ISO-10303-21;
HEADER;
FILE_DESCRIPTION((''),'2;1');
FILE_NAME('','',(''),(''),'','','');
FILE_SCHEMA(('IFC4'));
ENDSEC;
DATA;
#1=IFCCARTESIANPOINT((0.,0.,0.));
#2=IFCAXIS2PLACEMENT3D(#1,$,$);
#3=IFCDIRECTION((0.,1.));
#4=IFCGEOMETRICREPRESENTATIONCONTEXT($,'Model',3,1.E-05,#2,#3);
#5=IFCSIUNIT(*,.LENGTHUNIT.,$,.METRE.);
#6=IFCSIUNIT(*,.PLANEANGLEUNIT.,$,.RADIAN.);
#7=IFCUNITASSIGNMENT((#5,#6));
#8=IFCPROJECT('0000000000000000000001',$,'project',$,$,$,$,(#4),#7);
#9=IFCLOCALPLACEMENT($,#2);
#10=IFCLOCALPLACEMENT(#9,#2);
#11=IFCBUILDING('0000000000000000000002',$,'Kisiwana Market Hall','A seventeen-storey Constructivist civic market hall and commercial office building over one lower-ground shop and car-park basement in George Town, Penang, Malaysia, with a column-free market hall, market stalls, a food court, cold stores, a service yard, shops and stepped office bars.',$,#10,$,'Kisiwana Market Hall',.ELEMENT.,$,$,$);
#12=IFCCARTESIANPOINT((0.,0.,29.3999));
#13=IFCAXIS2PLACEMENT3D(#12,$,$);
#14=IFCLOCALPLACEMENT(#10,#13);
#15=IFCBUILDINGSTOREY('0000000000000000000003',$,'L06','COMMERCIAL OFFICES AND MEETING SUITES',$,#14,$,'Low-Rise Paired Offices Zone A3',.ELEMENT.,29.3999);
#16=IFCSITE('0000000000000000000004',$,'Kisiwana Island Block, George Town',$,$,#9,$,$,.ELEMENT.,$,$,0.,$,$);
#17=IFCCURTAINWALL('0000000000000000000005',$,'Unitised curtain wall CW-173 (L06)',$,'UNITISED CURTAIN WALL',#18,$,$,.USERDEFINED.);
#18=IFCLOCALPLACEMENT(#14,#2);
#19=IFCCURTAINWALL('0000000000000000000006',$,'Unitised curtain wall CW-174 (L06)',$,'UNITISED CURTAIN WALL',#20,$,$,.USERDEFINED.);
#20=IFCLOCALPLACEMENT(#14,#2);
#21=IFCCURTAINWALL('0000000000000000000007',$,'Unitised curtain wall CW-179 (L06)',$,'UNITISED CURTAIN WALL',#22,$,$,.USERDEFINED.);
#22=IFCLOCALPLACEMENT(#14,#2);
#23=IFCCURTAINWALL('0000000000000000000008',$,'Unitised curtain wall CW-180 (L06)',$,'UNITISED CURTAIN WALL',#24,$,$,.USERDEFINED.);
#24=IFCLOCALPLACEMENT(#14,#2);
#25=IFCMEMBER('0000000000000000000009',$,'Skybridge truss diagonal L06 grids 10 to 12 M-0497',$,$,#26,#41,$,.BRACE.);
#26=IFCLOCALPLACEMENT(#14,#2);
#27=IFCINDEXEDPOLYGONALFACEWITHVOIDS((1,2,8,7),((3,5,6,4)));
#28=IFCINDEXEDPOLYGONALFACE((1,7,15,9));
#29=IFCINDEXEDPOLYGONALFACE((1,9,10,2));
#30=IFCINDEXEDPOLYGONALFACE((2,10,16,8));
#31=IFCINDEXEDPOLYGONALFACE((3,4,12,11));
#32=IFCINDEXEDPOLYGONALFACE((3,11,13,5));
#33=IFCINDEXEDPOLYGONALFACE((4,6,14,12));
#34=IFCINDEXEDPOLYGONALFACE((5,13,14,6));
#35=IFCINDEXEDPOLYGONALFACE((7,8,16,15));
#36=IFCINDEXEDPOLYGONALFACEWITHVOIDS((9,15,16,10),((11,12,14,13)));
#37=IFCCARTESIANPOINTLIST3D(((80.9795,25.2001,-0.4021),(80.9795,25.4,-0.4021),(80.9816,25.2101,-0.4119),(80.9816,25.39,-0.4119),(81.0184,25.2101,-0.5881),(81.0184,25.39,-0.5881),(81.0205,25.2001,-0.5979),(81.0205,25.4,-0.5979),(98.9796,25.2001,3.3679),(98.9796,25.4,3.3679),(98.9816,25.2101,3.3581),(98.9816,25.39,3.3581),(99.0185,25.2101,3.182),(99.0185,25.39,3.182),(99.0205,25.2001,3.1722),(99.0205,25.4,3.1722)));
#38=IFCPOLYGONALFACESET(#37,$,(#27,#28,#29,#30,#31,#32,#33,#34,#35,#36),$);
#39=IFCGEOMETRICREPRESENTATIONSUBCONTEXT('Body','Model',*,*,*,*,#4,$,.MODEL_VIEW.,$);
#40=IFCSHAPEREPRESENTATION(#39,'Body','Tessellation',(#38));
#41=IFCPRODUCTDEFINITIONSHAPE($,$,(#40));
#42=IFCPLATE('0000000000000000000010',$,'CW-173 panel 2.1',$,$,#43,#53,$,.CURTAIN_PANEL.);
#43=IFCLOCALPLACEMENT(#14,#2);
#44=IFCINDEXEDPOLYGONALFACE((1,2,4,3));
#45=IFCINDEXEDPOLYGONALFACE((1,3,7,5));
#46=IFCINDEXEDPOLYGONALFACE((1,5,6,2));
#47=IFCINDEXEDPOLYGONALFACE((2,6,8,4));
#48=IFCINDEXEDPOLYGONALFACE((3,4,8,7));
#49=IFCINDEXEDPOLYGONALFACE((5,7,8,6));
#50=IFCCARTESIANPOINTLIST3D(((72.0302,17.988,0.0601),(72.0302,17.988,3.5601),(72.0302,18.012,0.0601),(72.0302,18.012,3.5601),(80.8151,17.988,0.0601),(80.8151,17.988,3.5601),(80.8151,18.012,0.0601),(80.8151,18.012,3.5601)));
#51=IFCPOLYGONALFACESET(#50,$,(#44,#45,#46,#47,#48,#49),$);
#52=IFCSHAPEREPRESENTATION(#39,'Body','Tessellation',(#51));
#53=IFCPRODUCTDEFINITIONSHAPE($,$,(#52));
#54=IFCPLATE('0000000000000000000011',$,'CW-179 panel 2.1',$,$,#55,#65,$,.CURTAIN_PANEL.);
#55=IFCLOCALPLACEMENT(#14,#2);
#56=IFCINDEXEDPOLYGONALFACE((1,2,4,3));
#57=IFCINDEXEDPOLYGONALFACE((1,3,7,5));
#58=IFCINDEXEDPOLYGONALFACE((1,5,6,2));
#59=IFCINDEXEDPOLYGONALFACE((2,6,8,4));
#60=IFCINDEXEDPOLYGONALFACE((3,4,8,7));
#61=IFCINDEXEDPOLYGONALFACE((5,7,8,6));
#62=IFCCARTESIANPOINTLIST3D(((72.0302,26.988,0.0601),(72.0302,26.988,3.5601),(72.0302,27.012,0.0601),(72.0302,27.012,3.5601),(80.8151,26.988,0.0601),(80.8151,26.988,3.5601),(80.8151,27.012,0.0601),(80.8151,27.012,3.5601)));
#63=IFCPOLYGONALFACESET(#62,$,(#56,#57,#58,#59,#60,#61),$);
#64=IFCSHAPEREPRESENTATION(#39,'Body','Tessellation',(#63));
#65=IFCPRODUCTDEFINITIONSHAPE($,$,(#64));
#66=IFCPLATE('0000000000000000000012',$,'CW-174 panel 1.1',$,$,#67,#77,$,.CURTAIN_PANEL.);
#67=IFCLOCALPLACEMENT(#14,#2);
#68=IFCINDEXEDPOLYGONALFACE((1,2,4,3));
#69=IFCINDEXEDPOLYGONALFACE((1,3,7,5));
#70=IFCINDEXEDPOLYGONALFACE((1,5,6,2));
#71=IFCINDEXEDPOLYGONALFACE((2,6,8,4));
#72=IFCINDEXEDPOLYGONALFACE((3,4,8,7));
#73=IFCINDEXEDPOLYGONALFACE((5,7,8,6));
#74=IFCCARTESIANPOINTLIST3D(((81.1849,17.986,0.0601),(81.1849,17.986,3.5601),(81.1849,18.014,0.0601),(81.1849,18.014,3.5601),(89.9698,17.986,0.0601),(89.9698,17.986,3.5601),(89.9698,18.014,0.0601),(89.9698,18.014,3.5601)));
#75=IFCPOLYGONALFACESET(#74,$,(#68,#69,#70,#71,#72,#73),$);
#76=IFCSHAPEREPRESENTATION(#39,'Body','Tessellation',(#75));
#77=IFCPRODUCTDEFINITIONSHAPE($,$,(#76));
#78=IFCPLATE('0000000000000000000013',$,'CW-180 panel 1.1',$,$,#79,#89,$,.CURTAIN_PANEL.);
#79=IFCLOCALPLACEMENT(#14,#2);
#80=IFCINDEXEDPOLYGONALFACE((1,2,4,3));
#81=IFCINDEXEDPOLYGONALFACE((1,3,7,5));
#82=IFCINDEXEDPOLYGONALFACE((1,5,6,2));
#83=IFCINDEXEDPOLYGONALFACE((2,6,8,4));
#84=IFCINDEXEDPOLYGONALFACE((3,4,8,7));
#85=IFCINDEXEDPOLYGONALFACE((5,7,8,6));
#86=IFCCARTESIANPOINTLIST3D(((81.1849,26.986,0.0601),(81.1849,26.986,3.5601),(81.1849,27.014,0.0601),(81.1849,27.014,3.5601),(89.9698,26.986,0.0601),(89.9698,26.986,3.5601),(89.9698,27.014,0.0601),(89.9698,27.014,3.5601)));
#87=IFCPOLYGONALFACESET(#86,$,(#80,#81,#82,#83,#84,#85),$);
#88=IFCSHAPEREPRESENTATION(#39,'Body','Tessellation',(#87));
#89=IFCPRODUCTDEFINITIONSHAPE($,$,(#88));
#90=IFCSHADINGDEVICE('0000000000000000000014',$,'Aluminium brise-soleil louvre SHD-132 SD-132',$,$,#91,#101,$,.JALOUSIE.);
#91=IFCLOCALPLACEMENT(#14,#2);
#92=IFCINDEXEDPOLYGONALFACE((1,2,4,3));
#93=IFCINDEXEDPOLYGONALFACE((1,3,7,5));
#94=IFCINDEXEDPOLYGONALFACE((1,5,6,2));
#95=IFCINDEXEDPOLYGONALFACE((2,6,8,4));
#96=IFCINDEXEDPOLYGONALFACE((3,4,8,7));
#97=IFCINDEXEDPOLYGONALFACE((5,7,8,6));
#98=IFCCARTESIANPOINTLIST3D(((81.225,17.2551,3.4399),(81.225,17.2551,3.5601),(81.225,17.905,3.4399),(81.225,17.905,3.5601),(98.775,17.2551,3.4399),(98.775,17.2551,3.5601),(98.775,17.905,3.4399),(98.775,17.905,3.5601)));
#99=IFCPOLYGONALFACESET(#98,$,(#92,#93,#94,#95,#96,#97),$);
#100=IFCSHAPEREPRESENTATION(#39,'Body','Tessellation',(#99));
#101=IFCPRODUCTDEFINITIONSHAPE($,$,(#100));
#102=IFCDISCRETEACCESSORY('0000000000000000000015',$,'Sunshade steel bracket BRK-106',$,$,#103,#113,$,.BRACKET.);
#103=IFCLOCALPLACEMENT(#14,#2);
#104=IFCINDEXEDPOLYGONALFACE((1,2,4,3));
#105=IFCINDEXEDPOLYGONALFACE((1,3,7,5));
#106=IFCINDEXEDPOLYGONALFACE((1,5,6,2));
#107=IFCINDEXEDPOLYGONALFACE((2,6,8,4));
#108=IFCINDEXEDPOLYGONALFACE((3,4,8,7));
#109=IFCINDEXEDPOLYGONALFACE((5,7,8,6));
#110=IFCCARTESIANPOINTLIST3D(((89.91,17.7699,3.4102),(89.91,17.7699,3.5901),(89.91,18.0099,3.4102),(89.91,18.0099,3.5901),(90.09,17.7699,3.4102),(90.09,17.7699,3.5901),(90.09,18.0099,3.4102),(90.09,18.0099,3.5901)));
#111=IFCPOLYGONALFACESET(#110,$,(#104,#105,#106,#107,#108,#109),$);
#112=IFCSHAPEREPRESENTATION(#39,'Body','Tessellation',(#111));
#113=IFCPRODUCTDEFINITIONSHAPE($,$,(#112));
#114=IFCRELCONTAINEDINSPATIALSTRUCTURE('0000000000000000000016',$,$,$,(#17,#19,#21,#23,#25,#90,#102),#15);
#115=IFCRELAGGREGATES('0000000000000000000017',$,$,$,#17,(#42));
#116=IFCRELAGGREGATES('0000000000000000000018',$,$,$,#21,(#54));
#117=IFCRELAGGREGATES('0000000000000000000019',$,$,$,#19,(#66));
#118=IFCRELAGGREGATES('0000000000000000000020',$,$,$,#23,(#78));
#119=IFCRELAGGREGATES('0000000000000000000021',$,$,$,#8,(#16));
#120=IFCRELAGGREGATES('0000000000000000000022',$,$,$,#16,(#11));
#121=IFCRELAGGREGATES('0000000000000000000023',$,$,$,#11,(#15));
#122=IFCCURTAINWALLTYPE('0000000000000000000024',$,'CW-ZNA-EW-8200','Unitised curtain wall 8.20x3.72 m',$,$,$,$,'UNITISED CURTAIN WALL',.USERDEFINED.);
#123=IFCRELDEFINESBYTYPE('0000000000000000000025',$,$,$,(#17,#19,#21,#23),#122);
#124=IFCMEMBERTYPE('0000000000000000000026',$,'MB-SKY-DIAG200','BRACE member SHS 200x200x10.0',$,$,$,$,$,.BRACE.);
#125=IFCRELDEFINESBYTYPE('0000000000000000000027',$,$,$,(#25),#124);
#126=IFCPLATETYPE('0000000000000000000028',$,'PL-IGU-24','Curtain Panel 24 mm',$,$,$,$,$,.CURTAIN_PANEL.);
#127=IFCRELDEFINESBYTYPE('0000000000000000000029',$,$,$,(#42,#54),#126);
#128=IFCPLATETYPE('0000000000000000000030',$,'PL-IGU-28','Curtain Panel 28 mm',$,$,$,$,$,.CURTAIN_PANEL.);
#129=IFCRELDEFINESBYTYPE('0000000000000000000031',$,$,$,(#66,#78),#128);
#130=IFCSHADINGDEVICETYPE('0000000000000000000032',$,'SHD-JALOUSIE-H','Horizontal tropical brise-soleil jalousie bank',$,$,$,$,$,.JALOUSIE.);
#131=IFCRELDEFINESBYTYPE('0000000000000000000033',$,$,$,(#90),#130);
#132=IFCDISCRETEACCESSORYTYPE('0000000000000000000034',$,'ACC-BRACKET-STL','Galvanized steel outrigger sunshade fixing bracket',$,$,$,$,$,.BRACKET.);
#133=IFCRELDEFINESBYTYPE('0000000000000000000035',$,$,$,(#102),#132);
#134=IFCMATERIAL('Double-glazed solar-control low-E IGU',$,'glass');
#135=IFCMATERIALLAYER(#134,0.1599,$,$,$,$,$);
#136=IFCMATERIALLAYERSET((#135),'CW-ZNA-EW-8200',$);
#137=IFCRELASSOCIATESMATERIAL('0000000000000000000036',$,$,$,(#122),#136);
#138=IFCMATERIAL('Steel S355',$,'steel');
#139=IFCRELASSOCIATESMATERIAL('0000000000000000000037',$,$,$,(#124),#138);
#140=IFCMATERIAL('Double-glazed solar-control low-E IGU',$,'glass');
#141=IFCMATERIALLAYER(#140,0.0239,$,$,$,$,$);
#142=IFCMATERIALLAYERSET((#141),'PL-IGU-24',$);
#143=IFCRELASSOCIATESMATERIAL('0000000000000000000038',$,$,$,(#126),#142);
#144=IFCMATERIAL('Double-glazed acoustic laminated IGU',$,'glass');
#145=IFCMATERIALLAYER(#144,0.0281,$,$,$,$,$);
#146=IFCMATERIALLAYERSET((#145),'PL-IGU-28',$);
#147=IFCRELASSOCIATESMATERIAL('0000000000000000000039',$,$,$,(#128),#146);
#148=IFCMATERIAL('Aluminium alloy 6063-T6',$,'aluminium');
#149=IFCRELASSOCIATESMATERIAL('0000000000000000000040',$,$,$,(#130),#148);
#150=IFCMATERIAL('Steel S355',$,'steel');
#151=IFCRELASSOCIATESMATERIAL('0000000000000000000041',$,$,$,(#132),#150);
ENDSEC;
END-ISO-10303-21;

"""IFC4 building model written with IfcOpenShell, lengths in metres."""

from ifc_helpers import new_model, si_unit, direction, frame, origin, origin_2d, place, context, subcontext, project, spatial, rectangle, hollow_rectangle, extrude, material, layer, layer_set, material_profile, profile_set, type_object, element, aggregate, save


model = new_model("IFC4")

# Units and contexts
model_context = context("Model", 3, precision=1e-05, world=origin(), true_north=direction((0.0, 1.0)))
body_context = subcontext(model_context, "Body", "Model", "MODEL_VIEW")
ifc_project = project(units=[si_unit("LENGTHUNIT", "METRE"), si_unit("PLANEANGLEUNIT", "RADIAN")], contexts=[model_context])

# Site, building, storey
site_placement = place(None, origin())
site = spatial("IfcSite", under=ifc_project, at=site_placement, Name="Kisiwana Island Block, George Town", CompositionType="ELEMENT", RefElevation=0.0)
building_placement = place(site_placement, origin())
building = spatial("IfcBuilding", under=site, at=building_placement, Name="Kisiwana Market Hall", Description="A seventeen-storey Constructivist civic market hall and commercial office building over one lower-ground shop and car-park basement in George Town, Penang, Malaysia, with a column-free market hall, market stalls, a food court, cold stores, a service yard, shops and stepped office bars.", LongName="Kisiwana Market Hall", CompositionType="ELEMENT")
storey_placement = place(building_placement, frame((0.0, 0.0, 29.3999)))
storey = spatial("IfcBuildingStorey", under=building, at=storey_placement, Name="L06", Description="COMMERCIAL OFFICES AND MEETING SUITES", LongName="Low-Rise Paired Offices Zone A3", CompositionType="ELEMENT", Elevation=29.3999)

# Curtain walls
ifc_material_1 = material(Name="Double-glazed solar-control low-E IGU", Category="glass")
ifc_layer_1 = layer(ifc_material_1, 0.1599)
ifc_layer_set_1 = layer_set([ifc_layer_1], Name="CW-ZNA-EW-8200")
curtain_wall_type = type_object("IfcCurtainWallType", Name="CW-ZNA-EW-8200", Description="Unitised curtain wall 8.20x3.72 m", ElementType="UNITISED CURTAIN WALL", PredefinedType="USERDEFINED", material=ifc_layer_set_1)
curtain_wall_1_placement = place(storey_placement, origin())
curtain_wall_1 = element("IfcCurtainWall", 1, at=curtain_wall_1_placement, inside=storey, type_object=curtain_wall_type, Name="Unitised curtain wall CW-173 (L06)", ObjectType="UNITISED CURTAIN WALL", PredefinedType="USERDEFINED")
curtain_wall_2_placement = place(storey_placement, origin())
curtain_wall_2 = element("IfcCurtainWall", 2, at=curtain_wall_2_placement, inside=storey, type_object=curtain_wall_type, Name="Unitised curtain wall CW-174 (L06)", ObjectType="UNITISED CURTAIN WALL", PredefinedType="USERDEFINED")
curtain_wall_3_placement = place(storey_placement, origin())
curtain_wall_3 = element("IfcCurtainWall", 3, at=curtain_wall_3_placement, inside=storey, type_object=curtain_wall_type, Name="Unitised curtain wall CW-179 (L06)", ObjectType="UNITISED CURTAIN WALL", PredefinedType="USERDEFINED")
curtain_wall_4_placement = place(storey_placement, origin())
curtain_wall_4 = element("IfcCurtainWall", 4, at=curtain_wall_4_placement, inside=storey, type_object=curtain_wall_type, Name="Unitised curtain wall CW-180 (L06)", ObjectType="UNITISED CURTAIN WALL", PredefinedType="USERDEFINED")

# Member
ifc_material_2 = material(Name="Steel S355", Category="steel")
ifc_material_profile_1 = material_profile(ifc_material_2, hollow_rectangle(XDim=0.2, YDim=0.2, WallThickness=0.01, at=origin_2d()), Name="SHS 200x200x10.0")
ifc_profile_set_1 = profile_set([ifc_material_profile_1], Name="Steel S355")
member_type_1 = type_object("IfcMemberType", Name="MB-SKY-DIAG200", Description="BRACE member SHS 200x200x10.0", PredefinedType="BRACE", material=ifc_profile_set_1)
for number, where, z_axis, x_axis, name in (
    (5, (81.0, 25.3, -0.5), (0.978763, 0.0, 0.204997), (0.0, 1.0, 0.0), "Skybridge truss diagonal L06 grids 10 to 12 M-0497"),
):
    element("IfcMember", number, at=place(storey_placement, frame(where, z_axis=z_axis, x_axis=x_axis)), inside=storey, type_object=member_type_1, Name=name, PredefinedType="BRACE", context=body_context, shape_type="SweptSolid", body=[
        extrude(hollow_rectangle(XDim=0.2, YDim=0.2, WallThickness=0.01, at=origin_2d()), origin(), (0.0, 0.0, 1.0), 18.3906),
    ])

# Plates
ifc_material_3 = material(Name="Double-glazed solar-control low-E IGU", Category="glass")
ifc_layer_2 = layer(ifc_material_3, 0.0239)
ifc_layer_set_2 = layer_set([ifc_layer_2], Name="PL-IGU-24")
plate_type_1 = type_object("IfcPlateType", Name="PL-IGU-24", Description="Curtain Panel 24 mm", PredefinedType="CURTAIN_PANEL", material=ifc_layer_set_2)
plate_1_placement = place(storey_placement, frame((76.4226, 18.0, 0.0601), z_axis=(0.0, 0.0, 1.0), x_axis=(1.0, 0.0, 0.0)))
plate_1 = element("IfcPlate", 6, at=plate_1_placement, type_object=plate_type_1, Name="CW-173 panel 2.1", PredefinedType="CURTAIN_PANEL", context=body_context, shape_type="SweptSolid", body=[
    extrude(rectangle(XDim=8.7849, YDim=0.0239, at=origin_2d()), origin(), (0.0, 0.0, 1.0), 3.5),
])
aggregate(curtain_wall_1, [plate_1])
plate_2_placement = place(storey_placement, frame((76.4226, 27.0, 0.0601), z_axis=(0.0, 0.0, 1.0), x_axis=(1.0, 0.0, 0.0)))
plate_2 = element("IfcPlate", 7, at=plate_2_placement, type_object=plate_type_1, Name="CW-179 panel 2.1", PredefinedType="CURTAIN_PANEL", context=body_context, shape_type="SweptSolid", body=[
    extrude(rectangle(XDim=8.7849, YDim=0.0239, at=origin_2d()), origin(), (0.0, 0.0, 1.0), 3.5),
])
aggregate(curtain_wall_3, [plate_2])
ifc_material_4 = material(Name="Double-glazed acoustic laminated IGU", Category="glass")
ifc_layer_3 = layer(ifc_material_4, 0.0281)
ifc_layer_set_3 = layer_set([ifc_layer_3], Name="PL-IGU-28")
plate_type_2 = type_object("IfcPlateType", Name="PL-IGU-28", Description="Curtain Panel 28 mm", PredefinedType="CURTAIN_PANEL", material=ifc_layer_set_3)
plate_3_placement = place(storey_placement, frame((85.5774, 18.0, 0.0601), z_axis=(0.0, 0.0, 1.0), x_axis=(1.0, 0.0, 0.0)))
plate_3 = element("IfcPlate", 8, at=plate_3_placement, type_object=plate_type_2, Name="CW-174 panel 1.1", PredefinedType="CURTAIN_PANEL", context=body_context, shape_type="SweptSolid", body=[
    extrude(rectangle(XDim=8.7849, YDim=0.0281, at=origin_2d()), origin(), (0.0, 0.0, 1.0), 3.5),
])
aggregate(curtain_wall_2, [plate_3])
plate_4_placement = place(storey_placement, frame((85.5774, 27.0, 0.0601), z_axis=(0.0, 0.0, 1.0), x_axis=(1.0, 0.0, 0.0)))
plate_4 = element("IfcPlate", 9, at=plate_4_placement, type_object=plate_type_2, Name="CW-180 panel 1.1", PredefinedType="CURTAIN_PANEL", context=body_context, shape_type="SweptSolid", body=[
    extrude(rectangle(XDim=8.7849, YDim=0.0281, at=origin_2d()), origin(), (0.0, 0.0, 1.0), 3.5),
])
aggregate(curtain_wall_4, [plate_4])

# Shading device
ifc_material_5 = material(Name="Aluminium alloy 6063-T6", Category="aluminium")
shading_device_type = type_object("IfcShadingDeviceType", Name="SHD-JALOUSIE-H", Description="Horizontal tropical brise-soleil jalousie bank", PredefinedType="JALOUSIE", material=ifc_material_5)
shading_device_placement = place(storey_placement, frame((90.0, 17.5801, 3.4399), z_axis=(0.0, 0.0, 1.0), x_axis=(1.0, 0.0, 0.0)))
element("IfcShadingDevice", 10, at=shading_device_placement, inside=storey, type_object=shading_device_type, Name="Aluminium brise-soleil louvre SHD-132 SD-132", PredefinedType="JALOUSIE", context=body_context, shape_type="SweptSolid", body=[
    extrude(rectangle(XDim=17.55, YDim=0.6499, at=origin_2d()), origin(), (0.0, 0.0, 1.0), 0.1201),
])

# Discrete accessory
ifc_material_6 = material(Name="Steel S355", Category="steel")
discrete_accessory_type = type_object("IfcDiscreteAccessoryType", Name="ACC-BRACKET-STL", Description="Galvanized steel outrigger sunshade fixing bracket", PredefinedType="BRACKET", material=ifc_material_6)
discrete_accessory_placement = place(storey_placement, frame((90.0, 17.8899, 3.4102), z_axis=(0.0, 0.0, 1.0), x_axis=(1.0, 0.0, 0.0)))
element("IfcDiscreteAccessory", 11, at=discrete_accessory_placement, inside=storey, type_object=discrete_accessory_type, Name="Sunshade steel bracket BRK-106", PredefinedType="BRACKET", context=body_context, shape_type="SweptSolid", body=[
    extrude(rectangle(XDim=0.1799, YDim=0.24, at=origin_2d()), origin(), (0.0, 0.0, 1.0), 0.1799),
])

save(model, "model.ifc")
